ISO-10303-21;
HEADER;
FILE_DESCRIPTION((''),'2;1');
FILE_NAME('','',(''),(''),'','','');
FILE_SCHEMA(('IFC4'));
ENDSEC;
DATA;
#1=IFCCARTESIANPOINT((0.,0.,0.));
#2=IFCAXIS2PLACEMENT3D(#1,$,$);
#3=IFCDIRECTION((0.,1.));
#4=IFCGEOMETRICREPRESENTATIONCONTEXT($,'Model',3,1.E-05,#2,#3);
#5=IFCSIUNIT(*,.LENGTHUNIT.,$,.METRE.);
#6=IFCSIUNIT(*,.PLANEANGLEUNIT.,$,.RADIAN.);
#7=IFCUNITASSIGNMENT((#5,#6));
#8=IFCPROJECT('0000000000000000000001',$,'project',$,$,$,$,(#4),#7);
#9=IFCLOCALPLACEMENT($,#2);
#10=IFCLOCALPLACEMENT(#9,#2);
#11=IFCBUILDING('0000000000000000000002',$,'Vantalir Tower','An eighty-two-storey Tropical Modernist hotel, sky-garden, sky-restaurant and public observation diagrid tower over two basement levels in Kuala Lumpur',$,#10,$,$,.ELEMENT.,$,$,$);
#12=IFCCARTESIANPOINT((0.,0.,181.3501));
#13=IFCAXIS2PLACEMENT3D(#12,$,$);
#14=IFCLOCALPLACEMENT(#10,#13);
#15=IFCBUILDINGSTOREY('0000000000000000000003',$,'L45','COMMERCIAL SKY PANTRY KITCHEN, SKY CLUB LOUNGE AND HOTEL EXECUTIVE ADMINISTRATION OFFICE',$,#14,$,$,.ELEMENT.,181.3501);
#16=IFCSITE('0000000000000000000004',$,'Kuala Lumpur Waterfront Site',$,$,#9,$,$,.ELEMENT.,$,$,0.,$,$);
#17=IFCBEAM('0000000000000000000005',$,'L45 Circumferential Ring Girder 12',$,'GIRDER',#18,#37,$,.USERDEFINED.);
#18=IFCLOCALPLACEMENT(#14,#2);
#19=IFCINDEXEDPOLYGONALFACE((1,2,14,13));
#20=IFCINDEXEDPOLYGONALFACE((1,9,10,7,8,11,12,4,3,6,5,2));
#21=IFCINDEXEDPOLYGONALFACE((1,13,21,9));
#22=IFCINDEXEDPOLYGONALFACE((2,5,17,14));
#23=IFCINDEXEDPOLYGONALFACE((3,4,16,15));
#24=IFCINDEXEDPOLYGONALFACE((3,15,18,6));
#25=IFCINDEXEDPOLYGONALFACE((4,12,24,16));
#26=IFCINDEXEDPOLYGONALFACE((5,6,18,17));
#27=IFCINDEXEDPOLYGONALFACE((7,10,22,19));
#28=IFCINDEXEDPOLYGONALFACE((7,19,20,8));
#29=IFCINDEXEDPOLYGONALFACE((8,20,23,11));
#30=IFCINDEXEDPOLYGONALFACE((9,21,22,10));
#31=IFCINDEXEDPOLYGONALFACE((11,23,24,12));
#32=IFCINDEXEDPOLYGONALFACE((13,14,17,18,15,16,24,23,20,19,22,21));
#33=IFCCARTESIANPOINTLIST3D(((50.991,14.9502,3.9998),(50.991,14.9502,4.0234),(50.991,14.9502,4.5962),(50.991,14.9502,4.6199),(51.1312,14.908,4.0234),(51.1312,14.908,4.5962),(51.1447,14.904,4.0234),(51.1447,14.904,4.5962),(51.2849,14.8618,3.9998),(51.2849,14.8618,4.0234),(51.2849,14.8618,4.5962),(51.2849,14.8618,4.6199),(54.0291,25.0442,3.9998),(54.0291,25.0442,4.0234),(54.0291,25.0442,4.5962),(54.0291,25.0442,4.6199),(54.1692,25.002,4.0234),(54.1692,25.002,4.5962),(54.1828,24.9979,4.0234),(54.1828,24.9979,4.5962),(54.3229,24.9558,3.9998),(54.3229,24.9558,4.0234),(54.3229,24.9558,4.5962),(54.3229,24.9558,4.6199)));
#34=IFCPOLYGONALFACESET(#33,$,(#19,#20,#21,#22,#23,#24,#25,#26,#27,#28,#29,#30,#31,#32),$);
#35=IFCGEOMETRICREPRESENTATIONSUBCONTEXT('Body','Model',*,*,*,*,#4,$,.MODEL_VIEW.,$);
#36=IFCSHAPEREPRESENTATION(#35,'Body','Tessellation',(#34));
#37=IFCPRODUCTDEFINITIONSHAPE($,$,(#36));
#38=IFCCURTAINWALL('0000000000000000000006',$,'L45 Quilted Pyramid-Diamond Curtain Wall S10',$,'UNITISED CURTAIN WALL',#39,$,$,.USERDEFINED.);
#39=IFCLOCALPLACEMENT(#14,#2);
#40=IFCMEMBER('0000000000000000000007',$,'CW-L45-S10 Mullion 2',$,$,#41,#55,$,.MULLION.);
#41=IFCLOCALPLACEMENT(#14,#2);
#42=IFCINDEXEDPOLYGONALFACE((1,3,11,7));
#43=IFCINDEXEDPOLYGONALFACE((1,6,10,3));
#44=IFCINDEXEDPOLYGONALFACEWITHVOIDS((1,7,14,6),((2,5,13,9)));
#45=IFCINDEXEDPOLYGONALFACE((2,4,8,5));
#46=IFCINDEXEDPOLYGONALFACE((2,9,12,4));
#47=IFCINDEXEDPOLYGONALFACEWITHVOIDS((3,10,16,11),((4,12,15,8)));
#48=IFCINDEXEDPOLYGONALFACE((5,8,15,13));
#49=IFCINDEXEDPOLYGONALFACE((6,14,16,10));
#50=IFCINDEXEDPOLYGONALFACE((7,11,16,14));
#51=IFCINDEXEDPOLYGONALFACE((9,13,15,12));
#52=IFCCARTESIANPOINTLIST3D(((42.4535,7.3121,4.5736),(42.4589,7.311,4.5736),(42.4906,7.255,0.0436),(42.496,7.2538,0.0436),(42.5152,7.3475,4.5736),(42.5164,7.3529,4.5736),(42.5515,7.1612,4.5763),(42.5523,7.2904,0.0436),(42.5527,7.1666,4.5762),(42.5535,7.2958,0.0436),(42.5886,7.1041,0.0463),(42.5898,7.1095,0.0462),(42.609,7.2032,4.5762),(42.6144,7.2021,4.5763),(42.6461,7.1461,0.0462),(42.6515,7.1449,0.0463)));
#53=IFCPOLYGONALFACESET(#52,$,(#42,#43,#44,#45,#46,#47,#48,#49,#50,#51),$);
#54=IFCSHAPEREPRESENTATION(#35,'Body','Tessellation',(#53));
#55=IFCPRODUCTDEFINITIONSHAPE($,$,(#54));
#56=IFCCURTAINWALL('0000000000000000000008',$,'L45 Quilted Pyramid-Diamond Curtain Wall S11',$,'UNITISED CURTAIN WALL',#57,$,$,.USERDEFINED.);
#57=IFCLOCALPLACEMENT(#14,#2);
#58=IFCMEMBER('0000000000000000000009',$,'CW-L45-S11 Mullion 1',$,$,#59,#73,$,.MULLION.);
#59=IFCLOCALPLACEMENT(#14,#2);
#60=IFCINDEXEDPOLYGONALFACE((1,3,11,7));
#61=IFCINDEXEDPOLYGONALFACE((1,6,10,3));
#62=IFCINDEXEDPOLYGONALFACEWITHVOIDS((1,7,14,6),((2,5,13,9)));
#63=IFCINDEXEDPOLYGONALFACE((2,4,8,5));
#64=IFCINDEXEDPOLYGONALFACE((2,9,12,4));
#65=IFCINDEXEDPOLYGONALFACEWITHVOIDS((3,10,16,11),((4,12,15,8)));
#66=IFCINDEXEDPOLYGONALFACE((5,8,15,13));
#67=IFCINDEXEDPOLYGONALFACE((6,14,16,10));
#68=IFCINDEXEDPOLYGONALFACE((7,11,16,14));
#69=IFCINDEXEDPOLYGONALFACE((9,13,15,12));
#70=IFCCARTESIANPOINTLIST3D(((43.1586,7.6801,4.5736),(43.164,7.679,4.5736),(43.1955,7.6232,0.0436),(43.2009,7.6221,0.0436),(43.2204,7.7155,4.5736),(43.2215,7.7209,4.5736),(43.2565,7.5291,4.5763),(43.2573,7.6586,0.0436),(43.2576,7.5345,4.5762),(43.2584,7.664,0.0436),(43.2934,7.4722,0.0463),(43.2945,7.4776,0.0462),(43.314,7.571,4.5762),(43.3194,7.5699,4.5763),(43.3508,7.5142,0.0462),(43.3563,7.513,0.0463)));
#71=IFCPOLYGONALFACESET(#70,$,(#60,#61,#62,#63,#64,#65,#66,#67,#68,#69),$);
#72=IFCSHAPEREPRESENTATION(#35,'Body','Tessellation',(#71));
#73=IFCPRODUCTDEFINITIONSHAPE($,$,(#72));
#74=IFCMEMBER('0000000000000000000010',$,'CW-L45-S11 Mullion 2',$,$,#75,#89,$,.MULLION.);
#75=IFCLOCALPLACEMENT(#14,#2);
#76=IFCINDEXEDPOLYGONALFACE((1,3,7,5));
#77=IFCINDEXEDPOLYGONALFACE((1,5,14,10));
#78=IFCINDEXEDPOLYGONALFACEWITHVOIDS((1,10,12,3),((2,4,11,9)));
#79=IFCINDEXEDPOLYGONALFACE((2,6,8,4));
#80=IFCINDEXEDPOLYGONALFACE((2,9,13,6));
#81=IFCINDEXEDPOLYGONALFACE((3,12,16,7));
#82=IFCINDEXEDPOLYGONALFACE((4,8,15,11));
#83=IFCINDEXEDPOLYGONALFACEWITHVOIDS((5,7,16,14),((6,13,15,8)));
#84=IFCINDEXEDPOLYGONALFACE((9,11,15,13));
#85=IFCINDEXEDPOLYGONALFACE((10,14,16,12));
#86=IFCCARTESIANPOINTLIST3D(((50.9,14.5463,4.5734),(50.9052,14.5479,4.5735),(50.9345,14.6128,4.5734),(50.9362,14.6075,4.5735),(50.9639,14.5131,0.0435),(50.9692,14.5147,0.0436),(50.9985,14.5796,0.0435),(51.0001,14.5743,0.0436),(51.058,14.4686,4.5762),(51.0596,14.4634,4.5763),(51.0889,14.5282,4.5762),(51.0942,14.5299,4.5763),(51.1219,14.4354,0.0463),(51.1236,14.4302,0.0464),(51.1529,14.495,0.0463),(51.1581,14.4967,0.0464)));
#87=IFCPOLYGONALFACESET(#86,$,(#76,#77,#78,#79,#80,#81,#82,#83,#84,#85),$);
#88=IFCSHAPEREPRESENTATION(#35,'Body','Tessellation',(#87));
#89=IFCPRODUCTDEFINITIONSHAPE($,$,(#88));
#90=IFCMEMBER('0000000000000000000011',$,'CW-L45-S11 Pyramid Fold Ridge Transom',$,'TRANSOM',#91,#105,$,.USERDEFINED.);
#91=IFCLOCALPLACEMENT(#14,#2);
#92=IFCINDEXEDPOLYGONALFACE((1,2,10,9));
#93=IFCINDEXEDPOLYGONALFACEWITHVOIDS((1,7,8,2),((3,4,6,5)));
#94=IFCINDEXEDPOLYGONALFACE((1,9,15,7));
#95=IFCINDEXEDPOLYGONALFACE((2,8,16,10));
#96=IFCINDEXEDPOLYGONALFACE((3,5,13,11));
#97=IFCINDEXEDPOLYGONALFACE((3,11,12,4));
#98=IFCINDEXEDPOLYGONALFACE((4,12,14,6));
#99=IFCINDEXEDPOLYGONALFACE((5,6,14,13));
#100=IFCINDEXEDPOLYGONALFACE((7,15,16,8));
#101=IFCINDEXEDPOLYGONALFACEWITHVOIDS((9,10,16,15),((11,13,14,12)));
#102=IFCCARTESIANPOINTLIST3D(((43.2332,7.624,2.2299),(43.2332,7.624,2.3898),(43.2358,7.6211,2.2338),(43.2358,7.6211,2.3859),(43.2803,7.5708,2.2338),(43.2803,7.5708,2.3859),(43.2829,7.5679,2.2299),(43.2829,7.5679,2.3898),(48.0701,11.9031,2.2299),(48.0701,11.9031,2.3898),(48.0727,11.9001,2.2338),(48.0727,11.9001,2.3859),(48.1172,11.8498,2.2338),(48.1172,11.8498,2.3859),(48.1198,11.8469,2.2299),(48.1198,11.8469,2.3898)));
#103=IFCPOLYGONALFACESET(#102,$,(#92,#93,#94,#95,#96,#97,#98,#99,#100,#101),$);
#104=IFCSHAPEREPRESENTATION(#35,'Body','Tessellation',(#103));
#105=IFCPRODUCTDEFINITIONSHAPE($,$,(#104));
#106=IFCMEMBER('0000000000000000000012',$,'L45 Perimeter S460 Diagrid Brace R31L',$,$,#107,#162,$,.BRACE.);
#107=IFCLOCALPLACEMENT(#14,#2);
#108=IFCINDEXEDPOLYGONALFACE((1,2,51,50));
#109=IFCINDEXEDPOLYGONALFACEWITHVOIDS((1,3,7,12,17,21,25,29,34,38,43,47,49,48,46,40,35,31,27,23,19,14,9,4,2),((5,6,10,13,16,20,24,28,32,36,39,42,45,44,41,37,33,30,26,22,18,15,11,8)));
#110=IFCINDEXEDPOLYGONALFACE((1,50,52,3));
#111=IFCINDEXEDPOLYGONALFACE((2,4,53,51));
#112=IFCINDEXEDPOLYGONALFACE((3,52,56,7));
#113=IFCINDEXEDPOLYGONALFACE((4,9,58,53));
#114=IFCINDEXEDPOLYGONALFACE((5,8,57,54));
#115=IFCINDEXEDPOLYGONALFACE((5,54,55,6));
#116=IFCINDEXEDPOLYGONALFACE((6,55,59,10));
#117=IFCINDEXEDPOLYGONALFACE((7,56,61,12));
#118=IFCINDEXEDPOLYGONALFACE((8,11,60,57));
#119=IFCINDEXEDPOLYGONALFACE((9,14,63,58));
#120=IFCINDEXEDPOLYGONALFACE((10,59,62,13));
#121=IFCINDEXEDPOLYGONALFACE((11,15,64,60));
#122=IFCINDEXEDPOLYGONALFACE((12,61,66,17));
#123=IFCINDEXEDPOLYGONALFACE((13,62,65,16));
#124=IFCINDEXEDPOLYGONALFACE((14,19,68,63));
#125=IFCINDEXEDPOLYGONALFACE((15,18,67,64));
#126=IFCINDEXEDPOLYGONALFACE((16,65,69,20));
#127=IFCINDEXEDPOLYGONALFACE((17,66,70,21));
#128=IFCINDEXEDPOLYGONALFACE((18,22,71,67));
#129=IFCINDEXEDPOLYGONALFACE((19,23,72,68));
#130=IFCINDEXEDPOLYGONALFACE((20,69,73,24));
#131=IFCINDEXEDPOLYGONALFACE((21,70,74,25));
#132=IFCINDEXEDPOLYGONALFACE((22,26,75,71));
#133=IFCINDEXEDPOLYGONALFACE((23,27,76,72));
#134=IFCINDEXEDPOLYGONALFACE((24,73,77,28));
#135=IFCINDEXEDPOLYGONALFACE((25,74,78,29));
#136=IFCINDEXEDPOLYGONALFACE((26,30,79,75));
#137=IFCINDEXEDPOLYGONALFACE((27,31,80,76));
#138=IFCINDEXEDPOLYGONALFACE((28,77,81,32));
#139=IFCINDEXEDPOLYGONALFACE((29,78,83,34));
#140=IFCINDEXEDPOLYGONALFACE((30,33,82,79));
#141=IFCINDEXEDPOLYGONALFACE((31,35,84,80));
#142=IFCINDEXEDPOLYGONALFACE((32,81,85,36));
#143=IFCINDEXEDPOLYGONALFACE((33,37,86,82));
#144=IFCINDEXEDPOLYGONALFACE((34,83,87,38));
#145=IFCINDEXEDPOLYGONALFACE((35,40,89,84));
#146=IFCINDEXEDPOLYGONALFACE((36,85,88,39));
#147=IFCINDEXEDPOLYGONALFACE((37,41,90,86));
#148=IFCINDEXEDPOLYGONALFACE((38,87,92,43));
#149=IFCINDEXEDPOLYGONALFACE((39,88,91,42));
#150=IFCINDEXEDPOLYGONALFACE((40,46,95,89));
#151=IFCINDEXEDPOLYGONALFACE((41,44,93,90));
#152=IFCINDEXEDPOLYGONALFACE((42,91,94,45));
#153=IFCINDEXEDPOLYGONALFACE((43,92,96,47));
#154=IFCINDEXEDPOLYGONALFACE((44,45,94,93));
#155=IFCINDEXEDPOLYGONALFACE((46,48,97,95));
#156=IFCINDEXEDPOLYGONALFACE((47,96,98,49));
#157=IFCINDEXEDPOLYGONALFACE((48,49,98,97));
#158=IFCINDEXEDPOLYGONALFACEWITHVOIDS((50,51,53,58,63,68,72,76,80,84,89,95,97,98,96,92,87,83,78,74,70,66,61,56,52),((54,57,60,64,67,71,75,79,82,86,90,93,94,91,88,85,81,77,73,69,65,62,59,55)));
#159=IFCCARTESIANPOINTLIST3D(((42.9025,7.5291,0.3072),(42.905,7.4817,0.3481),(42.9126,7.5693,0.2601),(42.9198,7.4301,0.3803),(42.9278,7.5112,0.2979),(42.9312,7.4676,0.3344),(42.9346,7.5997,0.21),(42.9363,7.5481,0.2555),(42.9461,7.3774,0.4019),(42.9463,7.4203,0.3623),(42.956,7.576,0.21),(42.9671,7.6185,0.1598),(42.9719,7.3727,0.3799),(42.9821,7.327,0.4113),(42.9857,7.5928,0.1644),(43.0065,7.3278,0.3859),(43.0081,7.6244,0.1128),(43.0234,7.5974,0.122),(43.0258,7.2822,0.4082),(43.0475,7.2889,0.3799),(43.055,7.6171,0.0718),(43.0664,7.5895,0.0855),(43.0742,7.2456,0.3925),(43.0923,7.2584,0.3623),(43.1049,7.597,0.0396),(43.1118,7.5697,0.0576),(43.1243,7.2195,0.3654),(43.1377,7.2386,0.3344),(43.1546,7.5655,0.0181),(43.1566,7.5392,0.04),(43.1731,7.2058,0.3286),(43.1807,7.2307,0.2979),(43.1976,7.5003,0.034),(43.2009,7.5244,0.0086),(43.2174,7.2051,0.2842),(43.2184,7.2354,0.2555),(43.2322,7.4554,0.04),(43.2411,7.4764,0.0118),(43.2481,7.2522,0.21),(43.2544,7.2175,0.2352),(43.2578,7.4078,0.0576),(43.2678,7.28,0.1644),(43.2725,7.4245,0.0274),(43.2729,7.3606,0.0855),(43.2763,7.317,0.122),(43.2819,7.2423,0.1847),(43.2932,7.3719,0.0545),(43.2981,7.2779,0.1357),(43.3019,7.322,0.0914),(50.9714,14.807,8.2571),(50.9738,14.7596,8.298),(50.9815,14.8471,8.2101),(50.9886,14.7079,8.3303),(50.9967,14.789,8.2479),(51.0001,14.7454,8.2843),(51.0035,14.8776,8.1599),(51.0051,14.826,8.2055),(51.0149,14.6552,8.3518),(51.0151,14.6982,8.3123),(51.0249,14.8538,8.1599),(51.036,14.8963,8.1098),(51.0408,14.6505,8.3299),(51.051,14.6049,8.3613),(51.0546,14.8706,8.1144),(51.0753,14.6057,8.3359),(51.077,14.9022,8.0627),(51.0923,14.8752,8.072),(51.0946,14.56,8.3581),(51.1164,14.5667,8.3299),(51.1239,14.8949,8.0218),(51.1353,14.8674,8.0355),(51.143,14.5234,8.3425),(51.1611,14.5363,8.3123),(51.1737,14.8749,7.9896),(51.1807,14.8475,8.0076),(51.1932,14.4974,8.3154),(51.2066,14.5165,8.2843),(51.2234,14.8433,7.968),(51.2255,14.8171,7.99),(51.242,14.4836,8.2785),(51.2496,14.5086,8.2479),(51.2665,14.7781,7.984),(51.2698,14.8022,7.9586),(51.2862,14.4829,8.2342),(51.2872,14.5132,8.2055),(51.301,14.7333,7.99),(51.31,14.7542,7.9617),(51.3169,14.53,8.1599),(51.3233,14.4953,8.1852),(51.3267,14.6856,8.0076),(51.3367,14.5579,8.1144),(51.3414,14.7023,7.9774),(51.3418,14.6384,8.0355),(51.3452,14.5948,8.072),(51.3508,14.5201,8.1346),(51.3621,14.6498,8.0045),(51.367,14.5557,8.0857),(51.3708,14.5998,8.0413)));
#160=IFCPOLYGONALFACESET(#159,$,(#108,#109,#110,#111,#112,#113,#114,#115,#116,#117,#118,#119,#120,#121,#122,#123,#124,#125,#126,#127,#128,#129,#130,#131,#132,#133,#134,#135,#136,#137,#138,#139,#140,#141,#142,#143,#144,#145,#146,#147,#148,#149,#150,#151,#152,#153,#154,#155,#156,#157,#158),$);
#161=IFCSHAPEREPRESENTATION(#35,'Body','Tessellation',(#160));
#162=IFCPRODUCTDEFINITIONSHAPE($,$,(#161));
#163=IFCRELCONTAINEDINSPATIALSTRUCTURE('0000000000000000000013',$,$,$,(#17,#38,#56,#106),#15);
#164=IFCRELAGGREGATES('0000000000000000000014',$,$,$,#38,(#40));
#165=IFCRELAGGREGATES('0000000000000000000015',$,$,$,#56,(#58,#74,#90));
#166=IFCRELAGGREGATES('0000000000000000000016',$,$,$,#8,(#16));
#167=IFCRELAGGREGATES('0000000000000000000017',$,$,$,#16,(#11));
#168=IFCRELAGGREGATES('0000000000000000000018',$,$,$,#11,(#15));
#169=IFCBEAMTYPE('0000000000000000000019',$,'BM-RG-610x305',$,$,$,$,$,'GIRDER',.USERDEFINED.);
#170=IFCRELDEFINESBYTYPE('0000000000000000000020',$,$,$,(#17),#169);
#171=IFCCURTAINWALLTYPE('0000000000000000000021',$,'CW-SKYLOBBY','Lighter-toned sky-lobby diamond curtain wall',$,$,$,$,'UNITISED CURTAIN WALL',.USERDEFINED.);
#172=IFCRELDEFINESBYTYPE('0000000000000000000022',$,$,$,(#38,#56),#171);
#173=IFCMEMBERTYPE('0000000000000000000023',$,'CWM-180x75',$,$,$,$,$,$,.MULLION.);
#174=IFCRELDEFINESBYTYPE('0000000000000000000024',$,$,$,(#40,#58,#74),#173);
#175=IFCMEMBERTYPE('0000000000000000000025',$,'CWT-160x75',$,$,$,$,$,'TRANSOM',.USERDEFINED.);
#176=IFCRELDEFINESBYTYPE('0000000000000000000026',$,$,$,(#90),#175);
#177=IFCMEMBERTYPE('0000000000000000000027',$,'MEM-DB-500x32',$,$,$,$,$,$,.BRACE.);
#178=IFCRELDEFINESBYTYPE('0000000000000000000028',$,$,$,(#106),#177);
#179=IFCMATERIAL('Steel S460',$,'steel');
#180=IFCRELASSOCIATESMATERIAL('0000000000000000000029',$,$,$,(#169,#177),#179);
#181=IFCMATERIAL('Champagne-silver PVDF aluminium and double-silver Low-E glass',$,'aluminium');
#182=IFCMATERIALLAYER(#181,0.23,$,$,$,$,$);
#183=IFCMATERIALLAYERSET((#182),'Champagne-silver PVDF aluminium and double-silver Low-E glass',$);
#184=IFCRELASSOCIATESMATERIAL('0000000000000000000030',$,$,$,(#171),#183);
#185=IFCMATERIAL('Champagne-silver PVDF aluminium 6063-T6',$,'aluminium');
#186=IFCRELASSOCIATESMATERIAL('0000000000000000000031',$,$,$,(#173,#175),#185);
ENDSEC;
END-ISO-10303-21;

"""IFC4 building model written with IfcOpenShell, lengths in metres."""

from ifc_helpers import new_model, si_unit, direction, frame, origin, origin_2d, place, context, subcontext, project, spatial, hollow_rectangle, hollow_circle, i_section, extrude, material, layer, layer_set, material_profile, profile_set, type_object, element, aggregate, save


model = new_model("IFC4")

# Units and contexts
model_context = context("Model", 3, precision=1e-05, world=origin(), true_north=direction((0.0, 1.0)))
body_context = subcontext(model_context, "Body", "Model", "MODEL_VIEW")
ifc_project = project(units=[si_unit("LENGTHUNIT", "METRE"), si_unit("PLANEANGLEUNIT", "RADIAN")], contexts=[model_context])

# Site, building, storey
site_placement = place(None, origin())
site = spatial("IfcSite", under=ifc_project, at=site_placement, Name="Kuala Lumpur Waterfront Site", CompositionType="ELEMENT", RefElevation=0.0)
building_placement = place(site_placement, origin())
building = spatial("IfcBuilding", under=site, at=building_placement, Name="Vantalir Tower", Description="An eighty-two-storey Tropical Modernist hotel, sky-garden, sky-restaurant and public observation diagrid tower over two basement levels in Kuala Lumpur", CompositionType="ELEMENT")
storey_placement = place(building_placement, frame((0.0, 0.0, 181.3501)))
storey = spatial("IfcBuildingStorey", under=building, at=storey_placement, Name="L45", Description="COMMERCIAL SKY PANTRY KITCHEN, SKY CLUB LOUNGE AND HOTEL EXECUTIVE ADMINISTRATION OFFICE", CompositionType="ELEMENT", Elevation=181.3501)

# Shared definitions
ifc_material_1 = material(Name="Steel S460", Category="steel")

# Beam
ifc_material_profile_1 = material_profile(ifc_material_1, i_section(OverallWidth=0.3069, OverallDepth=0.6201, WebThickness=0.0142, FlangeThickness=0.0237, at=origin_2d()), Name="Steel S460")
ifc_profile_set_1 = profile_set([ifc_material_profile_1], Name="Steel S460")
beam_type_1 = type_object("IfcBeamType", Name="BM-RG-610x305", ElementType="GIRDER", PredefinedType="USERDEFINED", material=ifc_profile_set_1)
beam_1_placement = place(storey_placement, frame((51.1379, 14.906, 4.3098), z_axis=(0.288208, 0.957568, 0.0), x_axis=(-0.957568, 0.288208, 0.0)))
element("IfcBeam", 1, at=beam_1_placement, inside=storey, type_object=beam_type_1, Name="L45 Circumferential Ring Girder 12", ObjectType="GIRDER", PredefinedType="USERDEFINED", context=body_context, shape_type="SweptSolid", body=[
    extrude(i_section(OverallWidth=0.3069, OverallDepth=0.6201, WebThickness=0.0142, FlangeThickness=0.0237, at=origin_2d()), origin(), (0.0, 0.0, 1.0), 10.5413),
])

# Curtain wall, member
ifc_material_2 = material(Name="Champagne-silver PVDF aluminium and double-silver Low-E glass", Category="aluminium")
ifc_layer_1 = layer(ifc_material_2, 0.23)
ifc_layer_set_1 = layer_set([ifc_layer_1], Name="Champagne-silver PVDF aluminium and double-silver Low-E glass")
curtain_wall_type = type_object("IfcCurtainWallType", Name="CW-SKYLOBBY", Description="Lighter-toned sky-lobby diamond curtain wall", ElementType="UNITISED CURTAIN WALL", PredefinedType="USERDEFINED", material=ifc_layer_set_1)
curtain_wall_1_placement = place(storey_placement, origin())
curtain_wall_1 = element("IfcCurtainWall", 2, at=curtain_wall_1_placement, inside=storey, type_object=curtain_wall_type, Name="L45 Quilted Pyramid-Diamond Curtain Wall S10", ObjectType="UNITISED CURTAIN WALL", PredefinedType="USERDEFINED")
ifc_material_3 = material(Name="Champagne-silver PVDF aluminium 6063-T6", Category="aluminium")
ifc_material_profile_2 = material_profile(ifc_material_3, hollow_rectangle(XDim=0.075, YDim=0.1799, WallThickness=0.0039, at=origin_2d()), Name="Champagne-silver PVDF aluminium 6063-T6")
ifc_profile_set_2 = profile_set([ifc_material_profile_2], Name="Champagne-silver PVDF aluminium 6063-T6")
member_type_1 = type_object("IfcMemberType", Name="CWM-180x75", PredefinedType="MULLION", material=ifc_profile_set_2)
member_1_placement = place(storey_placement, frame((42.571, 7.2, 0.0449), z_axis=(-0.008191, 0.01261, 0.999887), x_axis=(-0.838607, -0.544736, 0.0)))
member_1 = element("IfcMember", 3, at=member_1_placement, type_object=member_type_1, Name="CW-L45-S10 Mullion 2", PredefinedType="MULLION", context=body_context, shape_type="SweptSolid", body=[
    extrude(hollow_rectangle(XDim=0.075, YDim=0.1799, WallThickness=0.0039, at=origin_2d()), origin(), (0.0, 0.0, 1.0), 4.5305),
])
aggregate(curtain_wall_1, [member_1])

# Curtain wall, members
curtain_wall_2_placement = place(storey_placement, origin())
curtain_wall_2 = element("IfcCurtainWall", 4, at=curtain_wall_2_placement, inside=storey, type_object=curtain_wall_type, Name="L45 Quilted Pyramid-Diamond Curtain Wall S11", ObjectType="UNITISED CURTAIN WALL", PredefinedType="USERDEFINED")
member_2_placement = place(storey_placement, frame((43.2759, 7.5681, 0.0449), z_axis=(-0.008137, 0.012556, 0.999888), x_axis=(-0.839183, -0.543848, 0.0)))
member_2 = element("IfcMember", 5, at=member_2_placement, type_object=member_type_1, Name="CW-L45-S11 Mullion 1", PredefinedType="MULLION", context=body_context, shape_type="SweptSolid", body=[
    extrude(hollow_rectangle(XDim=0.075, YDim=0.1799, WallThickness=0.0039, at=origin_2d()), origin(), (0.0, 0.0, 1.0), 4.5305),
])
member_3_placement = place(storey_placement, frame((51.061, 14.5049, 0.0449), z_axis=(-0.014118, 0.007329, 0.999873), x_axis=(-0.460713, -0.887549, 0.0)))
member_3 = element("IfcMember", 6, at=member_3_placement, type_object=member_type_1, Name="CW-L45-S11 Mullion 2", PredefinedType="MULLION", context=body_context, shape_type="SweptSolid", body=[
    extrude(hollow_rectangle(XDim=0.075, YDim=0.1799, WallThickness=0.0039, at=origin_2d()), origin(), (0.0, 0.0, 1.0), 4.5305),
])
ifc_material_profile_3 = material_profile(ifc_material_3, hollow_rectangle(XDim=0.075, YDim=0.1599, WallThickness=0.0039, at=origin_2d()), Name="Champagne-silver PVDF aluminium 6063-T6")
ifc_profile_set_3 = profile_set([ifc_material_profile_3], Name="Champagne-silver PVDF aluminium 6063-T6")
member_type_2 = type_object("IfcMemberType", Name="CWT-160x75", ElementType="TRANSOM", PredefinedType="USERDEFINED", material=ifc_profile_set_3)
member_4_placement = place(storey_placement, frame((43.2581, 7.5959, 2.3098), z_axis=(0.748978, 0.662595, 0.0), x_axis=(-0.662595, 0.748978, 0.0)))
member_4 = element("IfcMember", 7, at=member_4_placement, type_object=member_type_2, Name="CW-L45-S11 Pyramid Fold Ridge Transom", ObjectType="TRANSOM", PredefinedType="USERDEFINED", context=body_context, shape_type="SweptSolid", body=[
    extrude(hollow_rectangle(XDim=0.075, YDim=0.1599, WallThickness=0.0039, at=origin_2d()), origin(), (0.0, 0.0, 1.0), 6.458),
])

# Member
ifc_material_profile_4 = material_profile(ifc_material_1, hollow_circle(Radius=0.25, WallThickness=0.032, at=origin_2d()), Name="Steel S460")
ifc_profile_set_4 = profile_set([ifc_material_profile_4], Name="Steel S460")
member_type_3 = type_object("IfcMemberType", Name="MEM-DB-500x32", PredefinedType="BRACE", material=ifc_profile_set_4)
member_5_placement = place(storey_placement, frame((43.1021, 7.4141, 0.21), z_axis=(0.599298, 0.540547, 0.590467), x_axis=(-0.669771, 0.742568, 0.0)))
element("IfcMember", 8, at=member_5_placement, inside=storey, type_object=member_type_3, Name="L45 Perimeter S460 Diagrid Brace R31L", PredefinedType="BRACE", context=body_context, shape_type="SweptSolid", body=[
    extrude(hollow_circle(Radius=0.25, WallThickness=0.032, at=origin_2d()), origin(), (0.0, 0.0, 1.0), 13.4639),
])

aggregate(curtain_wall_2, [member_2, member_3, member_4])

save(model, "model.ifc")
